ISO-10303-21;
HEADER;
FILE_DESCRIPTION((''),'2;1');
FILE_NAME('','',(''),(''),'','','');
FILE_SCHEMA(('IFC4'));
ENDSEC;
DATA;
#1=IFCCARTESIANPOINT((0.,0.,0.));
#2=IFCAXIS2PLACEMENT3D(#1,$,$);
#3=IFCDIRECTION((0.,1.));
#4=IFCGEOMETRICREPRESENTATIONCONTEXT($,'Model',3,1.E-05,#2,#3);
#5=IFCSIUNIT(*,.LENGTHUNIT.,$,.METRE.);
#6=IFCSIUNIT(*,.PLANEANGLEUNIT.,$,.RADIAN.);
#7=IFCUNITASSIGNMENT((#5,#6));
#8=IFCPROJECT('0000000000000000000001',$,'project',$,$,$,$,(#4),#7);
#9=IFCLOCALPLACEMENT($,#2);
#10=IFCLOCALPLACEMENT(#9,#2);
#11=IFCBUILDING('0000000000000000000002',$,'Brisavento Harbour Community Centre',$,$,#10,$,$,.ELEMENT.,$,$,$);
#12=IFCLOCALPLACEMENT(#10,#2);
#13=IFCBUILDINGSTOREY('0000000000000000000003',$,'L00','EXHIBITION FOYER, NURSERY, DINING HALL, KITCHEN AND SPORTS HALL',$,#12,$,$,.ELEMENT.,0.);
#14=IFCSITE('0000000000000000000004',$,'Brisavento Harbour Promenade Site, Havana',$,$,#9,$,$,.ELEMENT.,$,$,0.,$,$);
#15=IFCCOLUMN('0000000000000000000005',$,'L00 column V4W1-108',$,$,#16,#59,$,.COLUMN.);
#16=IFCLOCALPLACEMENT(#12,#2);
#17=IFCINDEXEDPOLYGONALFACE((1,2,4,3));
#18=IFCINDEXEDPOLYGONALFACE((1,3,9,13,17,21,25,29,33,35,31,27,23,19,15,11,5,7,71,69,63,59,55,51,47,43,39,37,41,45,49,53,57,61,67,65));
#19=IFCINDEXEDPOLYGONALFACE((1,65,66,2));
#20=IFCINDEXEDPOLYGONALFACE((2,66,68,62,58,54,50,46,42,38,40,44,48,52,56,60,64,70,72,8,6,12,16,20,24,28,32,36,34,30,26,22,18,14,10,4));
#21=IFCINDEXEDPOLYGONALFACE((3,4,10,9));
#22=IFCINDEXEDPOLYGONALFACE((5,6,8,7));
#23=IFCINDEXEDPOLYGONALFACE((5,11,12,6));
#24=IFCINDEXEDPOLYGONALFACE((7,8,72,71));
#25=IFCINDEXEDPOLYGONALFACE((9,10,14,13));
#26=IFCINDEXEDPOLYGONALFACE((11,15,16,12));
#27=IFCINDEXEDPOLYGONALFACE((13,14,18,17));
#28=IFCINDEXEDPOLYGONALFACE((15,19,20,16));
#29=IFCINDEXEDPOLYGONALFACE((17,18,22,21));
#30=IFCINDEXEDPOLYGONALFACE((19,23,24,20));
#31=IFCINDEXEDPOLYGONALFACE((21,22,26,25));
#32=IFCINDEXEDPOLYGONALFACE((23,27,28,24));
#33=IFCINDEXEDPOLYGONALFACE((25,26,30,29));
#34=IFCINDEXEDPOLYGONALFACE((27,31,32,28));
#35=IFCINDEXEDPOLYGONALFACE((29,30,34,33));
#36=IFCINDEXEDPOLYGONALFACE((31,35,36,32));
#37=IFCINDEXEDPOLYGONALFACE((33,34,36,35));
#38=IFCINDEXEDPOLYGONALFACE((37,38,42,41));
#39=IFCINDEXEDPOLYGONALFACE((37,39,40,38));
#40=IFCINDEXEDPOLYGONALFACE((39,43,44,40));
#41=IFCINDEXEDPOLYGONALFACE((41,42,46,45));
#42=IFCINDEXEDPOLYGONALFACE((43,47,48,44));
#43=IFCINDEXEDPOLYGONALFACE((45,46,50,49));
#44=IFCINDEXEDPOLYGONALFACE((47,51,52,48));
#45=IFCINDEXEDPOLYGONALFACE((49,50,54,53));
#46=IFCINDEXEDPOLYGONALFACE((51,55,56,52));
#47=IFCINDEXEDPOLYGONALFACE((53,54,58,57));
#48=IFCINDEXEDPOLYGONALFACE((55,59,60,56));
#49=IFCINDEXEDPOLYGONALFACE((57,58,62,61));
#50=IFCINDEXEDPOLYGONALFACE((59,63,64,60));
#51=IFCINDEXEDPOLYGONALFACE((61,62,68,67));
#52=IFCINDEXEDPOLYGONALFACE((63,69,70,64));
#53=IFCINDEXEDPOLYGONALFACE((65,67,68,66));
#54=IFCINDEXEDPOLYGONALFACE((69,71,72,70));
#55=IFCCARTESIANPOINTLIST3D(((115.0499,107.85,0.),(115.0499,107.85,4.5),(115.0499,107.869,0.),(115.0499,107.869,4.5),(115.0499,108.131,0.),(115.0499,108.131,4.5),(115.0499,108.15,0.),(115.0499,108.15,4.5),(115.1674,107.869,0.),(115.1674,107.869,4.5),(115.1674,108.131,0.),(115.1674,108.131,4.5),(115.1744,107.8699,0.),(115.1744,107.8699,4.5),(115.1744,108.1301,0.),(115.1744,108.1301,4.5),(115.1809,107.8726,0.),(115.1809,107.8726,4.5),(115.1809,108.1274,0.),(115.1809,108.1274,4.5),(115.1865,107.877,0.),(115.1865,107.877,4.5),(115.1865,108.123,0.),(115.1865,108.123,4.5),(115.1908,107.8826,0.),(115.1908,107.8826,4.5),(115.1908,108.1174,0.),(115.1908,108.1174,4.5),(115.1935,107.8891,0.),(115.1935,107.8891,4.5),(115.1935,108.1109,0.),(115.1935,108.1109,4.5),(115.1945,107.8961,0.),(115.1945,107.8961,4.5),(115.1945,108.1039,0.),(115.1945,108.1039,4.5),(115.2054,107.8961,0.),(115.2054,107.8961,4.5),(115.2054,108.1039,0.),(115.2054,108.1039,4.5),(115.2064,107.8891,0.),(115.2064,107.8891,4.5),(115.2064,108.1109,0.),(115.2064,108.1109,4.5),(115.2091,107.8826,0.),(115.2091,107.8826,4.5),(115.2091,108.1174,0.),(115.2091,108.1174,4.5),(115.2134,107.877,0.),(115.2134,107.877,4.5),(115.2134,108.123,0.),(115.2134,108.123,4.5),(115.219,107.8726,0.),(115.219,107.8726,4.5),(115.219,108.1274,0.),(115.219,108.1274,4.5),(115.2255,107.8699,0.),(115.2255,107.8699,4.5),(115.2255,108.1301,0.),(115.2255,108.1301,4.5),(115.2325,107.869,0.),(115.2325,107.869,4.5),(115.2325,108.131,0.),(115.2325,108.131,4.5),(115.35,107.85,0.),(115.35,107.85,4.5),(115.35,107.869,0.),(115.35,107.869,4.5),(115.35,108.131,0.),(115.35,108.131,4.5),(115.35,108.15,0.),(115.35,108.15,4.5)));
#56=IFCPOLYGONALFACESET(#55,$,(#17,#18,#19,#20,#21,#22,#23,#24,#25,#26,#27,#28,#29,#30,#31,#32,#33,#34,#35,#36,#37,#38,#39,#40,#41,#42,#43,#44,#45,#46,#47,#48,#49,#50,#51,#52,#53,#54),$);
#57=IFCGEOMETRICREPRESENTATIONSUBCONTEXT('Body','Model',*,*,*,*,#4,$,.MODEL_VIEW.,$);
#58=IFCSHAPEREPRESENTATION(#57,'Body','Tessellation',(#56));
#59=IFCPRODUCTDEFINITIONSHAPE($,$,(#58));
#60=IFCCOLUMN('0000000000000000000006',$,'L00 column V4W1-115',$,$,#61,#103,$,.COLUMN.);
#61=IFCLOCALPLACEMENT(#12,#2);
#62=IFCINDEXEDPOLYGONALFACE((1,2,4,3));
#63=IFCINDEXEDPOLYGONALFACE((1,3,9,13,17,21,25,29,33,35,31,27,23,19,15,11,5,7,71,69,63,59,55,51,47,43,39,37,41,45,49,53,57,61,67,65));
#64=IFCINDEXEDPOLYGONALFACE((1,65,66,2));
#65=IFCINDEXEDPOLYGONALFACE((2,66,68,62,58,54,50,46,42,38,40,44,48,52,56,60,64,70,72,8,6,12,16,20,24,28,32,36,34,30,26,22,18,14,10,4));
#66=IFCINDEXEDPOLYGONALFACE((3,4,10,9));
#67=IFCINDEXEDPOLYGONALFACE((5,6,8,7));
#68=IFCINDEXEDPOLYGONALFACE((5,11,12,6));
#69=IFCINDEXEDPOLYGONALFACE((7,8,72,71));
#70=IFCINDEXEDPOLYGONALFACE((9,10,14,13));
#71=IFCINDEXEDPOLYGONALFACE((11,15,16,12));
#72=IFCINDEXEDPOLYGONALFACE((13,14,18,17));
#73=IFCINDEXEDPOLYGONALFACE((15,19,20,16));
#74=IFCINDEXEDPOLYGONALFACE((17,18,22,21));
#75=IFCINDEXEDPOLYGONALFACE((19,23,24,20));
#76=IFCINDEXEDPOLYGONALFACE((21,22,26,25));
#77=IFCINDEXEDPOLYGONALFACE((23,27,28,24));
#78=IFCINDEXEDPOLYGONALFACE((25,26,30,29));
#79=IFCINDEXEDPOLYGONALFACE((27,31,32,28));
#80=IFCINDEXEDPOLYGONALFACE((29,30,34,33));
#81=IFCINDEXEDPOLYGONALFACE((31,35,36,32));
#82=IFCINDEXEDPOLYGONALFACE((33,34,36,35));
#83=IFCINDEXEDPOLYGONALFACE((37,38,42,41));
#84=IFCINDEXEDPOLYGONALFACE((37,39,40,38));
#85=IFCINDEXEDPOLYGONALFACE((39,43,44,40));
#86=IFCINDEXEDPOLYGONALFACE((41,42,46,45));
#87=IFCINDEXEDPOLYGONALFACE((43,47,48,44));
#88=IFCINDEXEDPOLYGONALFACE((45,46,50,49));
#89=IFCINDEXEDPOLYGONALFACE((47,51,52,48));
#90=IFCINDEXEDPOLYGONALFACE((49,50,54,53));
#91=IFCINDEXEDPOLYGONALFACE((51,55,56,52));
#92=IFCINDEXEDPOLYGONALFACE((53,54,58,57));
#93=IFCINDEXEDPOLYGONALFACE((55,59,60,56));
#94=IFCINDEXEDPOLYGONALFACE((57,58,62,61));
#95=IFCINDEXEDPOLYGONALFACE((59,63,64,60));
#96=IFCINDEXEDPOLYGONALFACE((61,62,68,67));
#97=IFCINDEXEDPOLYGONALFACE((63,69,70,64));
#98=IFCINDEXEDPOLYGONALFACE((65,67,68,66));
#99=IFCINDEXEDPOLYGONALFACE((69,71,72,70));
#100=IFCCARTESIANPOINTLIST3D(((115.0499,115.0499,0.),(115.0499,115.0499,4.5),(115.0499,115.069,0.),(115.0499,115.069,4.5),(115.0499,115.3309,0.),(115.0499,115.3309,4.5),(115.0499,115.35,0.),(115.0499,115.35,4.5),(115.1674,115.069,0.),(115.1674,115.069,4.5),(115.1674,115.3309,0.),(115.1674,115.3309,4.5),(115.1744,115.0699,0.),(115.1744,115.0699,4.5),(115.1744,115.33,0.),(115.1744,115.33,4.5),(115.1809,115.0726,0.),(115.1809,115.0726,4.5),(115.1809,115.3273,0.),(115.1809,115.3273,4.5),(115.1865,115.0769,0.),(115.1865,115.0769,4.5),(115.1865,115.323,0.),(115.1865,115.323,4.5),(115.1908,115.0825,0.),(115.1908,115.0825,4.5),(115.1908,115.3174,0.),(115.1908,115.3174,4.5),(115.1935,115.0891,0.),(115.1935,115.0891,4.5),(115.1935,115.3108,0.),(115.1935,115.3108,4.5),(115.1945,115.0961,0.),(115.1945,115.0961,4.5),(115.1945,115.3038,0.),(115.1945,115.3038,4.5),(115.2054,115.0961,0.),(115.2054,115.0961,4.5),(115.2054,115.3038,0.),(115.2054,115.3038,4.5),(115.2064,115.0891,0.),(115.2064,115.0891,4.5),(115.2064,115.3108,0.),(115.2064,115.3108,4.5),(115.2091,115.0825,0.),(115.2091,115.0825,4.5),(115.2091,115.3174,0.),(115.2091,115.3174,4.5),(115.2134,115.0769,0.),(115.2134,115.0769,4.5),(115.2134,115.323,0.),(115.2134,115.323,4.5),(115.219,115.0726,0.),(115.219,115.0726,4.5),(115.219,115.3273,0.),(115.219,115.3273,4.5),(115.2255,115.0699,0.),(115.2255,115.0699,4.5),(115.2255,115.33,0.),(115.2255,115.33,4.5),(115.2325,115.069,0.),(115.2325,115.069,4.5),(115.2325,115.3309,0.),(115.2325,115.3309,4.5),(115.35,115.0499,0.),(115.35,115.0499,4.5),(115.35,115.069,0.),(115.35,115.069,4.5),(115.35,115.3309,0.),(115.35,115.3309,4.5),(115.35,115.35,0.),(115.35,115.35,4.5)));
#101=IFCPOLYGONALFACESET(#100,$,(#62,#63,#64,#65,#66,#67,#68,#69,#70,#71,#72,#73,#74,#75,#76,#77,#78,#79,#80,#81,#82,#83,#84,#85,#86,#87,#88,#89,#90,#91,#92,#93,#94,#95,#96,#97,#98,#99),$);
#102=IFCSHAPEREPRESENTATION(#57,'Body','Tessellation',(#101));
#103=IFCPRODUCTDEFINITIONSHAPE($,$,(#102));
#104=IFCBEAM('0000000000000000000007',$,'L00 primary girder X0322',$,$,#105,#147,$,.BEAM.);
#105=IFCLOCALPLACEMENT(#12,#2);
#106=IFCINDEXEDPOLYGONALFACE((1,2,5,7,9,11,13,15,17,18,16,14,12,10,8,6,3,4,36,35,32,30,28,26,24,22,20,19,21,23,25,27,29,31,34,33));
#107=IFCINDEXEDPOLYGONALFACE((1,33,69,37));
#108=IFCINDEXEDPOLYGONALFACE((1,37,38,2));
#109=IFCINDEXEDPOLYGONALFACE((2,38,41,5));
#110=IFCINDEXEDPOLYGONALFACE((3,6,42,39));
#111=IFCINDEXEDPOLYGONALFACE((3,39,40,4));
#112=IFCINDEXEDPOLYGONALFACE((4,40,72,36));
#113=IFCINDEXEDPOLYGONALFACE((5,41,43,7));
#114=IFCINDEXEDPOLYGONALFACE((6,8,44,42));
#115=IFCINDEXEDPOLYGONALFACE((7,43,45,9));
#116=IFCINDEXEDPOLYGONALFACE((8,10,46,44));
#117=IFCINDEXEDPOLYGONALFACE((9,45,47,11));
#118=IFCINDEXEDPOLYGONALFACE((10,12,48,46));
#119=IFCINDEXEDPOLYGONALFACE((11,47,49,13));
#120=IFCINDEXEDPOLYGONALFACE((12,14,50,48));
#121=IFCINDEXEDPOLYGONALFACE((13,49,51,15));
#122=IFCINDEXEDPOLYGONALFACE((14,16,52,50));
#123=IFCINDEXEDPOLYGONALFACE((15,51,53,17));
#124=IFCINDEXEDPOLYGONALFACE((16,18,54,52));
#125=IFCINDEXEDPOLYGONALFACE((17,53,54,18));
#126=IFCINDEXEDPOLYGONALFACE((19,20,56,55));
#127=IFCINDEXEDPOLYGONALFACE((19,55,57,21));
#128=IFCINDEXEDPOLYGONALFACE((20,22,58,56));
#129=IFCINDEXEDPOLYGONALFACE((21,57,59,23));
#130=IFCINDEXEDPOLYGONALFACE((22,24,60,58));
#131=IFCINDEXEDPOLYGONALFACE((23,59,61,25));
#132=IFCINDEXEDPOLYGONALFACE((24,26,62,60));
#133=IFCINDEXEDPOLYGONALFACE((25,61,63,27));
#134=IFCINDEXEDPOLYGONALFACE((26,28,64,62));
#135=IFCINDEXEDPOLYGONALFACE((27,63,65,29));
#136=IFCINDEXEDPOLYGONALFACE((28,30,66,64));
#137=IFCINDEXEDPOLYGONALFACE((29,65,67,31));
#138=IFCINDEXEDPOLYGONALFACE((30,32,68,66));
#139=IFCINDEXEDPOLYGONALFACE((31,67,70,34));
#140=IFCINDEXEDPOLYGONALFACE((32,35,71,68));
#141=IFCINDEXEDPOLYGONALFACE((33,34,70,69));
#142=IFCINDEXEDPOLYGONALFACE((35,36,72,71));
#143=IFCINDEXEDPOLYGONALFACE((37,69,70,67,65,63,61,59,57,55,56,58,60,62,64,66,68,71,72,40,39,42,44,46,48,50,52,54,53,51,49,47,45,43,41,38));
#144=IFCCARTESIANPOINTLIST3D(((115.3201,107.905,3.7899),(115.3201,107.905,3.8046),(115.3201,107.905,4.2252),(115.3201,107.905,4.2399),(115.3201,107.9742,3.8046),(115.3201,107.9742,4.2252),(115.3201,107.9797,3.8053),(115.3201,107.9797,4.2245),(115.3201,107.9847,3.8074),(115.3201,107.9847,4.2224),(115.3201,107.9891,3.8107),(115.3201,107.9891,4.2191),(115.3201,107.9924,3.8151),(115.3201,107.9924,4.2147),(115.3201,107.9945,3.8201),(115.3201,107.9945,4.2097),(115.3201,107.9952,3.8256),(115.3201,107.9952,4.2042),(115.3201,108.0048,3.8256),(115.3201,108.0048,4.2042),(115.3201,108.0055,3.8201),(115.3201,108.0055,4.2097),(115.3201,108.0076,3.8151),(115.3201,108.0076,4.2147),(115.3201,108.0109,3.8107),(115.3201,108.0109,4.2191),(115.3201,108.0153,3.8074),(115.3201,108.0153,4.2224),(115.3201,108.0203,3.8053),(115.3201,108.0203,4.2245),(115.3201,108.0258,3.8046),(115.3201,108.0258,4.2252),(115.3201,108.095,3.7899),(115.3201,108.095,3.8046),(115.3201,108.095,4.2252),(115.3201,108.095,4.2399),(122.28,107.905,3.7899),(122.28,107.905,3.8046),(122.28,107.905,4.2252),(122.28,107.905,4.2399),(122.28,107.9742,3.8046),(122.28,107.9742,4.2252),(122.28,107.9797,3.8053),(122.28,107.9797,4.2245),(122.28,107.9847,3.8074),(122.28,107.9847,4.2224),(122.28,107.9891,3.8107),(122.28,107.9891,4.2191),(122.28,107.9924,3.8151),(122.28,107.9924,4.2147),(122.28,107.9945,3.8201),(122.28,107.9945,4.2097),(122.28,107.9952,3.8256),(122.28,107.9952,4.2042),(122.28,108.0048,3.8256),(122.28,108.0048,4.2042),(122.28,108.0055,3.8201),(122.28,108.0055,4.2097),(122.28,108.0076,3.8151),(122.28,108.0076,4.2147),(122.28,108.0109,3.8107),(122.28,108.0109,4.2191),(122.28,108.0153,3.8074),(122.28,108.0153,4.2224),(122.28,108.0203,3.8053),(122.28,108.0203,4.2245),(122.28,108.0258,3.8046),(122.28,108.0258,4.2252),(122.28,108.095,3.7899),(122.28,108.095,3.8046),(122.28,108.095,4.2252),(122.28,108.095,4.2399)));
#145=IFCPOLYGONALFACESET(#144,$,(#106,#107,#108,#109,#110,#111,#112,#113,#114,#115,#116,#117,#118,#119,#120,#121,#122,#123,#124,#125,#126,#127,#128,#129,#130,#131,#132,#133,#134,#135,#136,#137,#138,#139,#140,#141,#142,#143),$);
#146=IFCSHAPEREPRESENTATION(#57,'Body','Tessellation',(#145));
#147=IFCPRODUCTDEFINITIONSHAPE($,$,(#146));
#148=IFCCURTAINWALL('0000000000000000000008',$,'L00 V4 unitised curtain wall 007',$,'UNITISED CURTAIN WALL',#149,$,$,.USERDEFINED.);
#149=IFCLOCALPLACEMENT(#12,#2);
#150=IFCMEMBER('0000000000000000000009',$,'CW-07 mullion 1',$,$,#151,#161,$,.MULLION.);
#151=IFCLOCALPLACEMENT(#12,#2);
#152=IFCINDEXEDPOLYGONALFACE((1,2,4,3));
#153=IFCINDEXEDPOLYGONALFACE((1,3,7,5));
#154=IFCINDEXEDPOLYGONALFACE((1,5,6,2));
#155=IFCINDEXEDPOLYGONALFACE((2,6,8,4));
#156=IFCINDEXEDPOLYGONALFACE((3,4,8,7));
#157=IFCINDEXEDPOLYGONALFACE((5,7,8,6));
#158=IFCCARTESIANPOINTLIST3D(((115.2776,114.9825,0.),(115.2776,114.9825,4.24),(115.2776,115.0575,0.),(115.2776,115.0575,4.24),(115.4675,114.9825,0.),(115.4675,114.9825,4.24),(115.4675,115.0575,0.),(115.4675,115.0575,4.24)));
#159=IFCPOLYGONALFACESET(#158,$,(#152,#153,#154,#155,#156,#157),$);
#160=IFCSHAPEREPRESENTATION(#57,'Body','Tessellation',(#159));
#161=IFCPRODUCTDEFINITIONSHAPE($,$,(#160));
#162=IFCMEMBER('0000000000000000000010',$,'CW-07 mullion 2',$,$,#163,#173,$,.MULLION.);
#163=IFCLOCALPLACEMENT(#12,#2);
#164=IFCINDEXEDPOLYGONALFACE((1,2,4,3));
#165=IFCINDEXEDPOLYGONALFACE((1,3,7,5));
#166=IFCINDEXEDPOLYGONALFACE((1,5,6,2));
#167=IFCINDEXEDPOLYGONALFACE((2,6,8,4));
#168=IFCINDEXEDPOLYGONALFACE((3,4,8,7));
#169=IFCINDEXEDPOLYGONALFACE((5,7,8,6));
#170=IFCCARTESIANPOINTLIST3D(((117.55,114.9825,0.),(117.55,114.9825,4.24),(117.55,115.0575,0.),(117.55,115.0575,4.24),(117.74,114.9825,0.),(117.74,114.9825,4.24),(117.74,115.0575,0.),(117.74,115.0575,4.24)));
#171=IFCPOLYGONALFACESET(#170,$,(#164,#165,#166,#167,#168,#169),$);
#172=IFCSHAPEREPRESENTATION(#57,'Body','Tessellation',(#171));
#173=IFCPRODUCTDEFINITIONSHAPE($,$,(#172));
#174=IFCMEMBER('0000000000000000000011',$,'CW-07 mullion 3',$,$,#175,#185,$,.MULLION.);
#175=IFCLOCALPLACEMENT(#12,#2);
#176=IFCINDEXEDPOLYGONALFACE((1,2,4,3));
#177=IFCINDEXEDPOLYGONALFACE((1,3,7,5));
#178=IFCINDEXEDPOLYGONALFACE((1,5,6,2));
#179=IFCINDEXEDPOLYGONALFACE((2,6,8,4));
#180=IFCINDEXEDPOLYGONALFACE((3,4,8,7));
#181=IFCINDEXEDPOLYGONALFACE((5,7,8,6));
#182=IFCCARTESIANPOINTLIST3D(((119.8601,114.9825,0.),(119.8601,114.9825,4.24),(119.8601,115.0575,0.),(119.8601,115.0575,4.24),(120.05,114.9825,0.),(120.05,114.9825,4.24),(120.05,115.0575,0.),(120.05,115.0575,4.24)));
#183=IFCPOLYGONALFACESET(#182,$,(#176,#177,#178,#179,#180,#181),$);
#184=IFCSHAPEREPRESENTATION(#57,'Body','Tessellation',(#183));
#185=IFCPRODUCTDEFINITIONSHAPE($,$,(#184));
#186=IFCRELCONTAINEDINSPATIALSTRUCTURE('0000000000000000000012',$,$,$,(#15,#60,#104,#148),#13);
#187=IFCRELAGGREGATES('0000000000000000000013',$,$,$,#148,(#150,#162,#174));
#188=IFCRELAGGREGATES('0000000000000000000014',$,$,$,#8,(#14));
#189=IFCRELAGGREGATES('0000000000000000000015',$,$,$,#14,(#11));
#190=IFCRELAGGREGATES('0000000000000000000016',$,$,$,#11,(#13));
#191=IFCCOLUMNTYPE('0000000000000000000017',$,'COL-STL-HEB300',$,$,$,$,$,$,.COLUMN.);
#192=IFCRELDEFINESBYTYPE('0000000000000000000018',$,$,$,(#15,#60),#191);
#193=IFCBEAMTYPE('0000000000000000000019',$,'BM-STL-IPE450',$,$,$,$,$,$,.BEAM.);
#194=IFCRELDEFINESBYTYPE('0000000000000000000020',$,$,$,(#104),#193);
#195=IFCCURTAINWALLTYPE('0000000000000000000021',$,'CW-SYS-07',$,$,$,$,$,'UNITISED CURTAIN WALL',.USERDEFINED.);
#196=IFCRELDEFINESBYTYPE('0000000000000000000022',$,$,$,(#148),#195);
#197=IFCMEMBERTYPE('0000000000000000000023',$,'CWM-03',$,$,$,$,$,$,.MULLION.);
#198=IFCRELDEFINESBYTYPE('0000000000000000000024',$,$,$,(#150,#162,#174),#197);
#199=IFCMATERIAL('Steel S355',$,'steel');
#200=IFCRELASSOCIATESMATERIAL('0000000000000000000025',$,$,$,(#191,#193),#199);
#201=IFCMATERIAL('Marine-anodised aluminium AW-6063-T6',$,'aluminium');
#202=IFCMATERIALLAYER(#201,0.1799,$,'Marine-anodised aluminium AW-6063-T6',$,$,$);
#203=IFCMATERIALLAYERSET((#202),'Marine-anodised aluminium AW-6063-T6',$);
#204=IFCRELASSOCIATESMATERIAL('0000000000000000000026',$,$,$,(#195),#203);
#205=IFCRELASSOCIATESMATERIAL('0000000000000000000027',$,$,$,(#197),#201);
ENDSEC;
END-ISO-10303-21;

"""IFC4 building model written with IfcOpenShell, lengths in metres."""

from ifc_helpers import new_model, si_unit, direction, frame, origin, origin_2d, place, context, subcontext, project, spatial, rectangle, i_section, extrude, material, layer, layer_set, material_profile, profile_set, type_object, element, aggregate, save


model = new_model("IFC4")

# Units and contexts
model_context = context("Model", 3, precision=1e-05, world=origin(), true_north=direction((0.0, 1.0)))
body_context = subcontext(model_context, "Body", "Model", "MODEL_VIEW")
ifc_project = project(units=[si_unit("LENGTHUNIT", "METRE"), si_unit("PLANEANGLEUNIT", "RADIAN")], contexts=[model_context])

# Site, building, storey
site_placement = place(None, origin())
site = spatial("IfcSite", under=ifc_project, at=site_placement, Name="Brisavento Harbour Promenade Site, Havana", CompositionType="ELEMENT", RefElevation=0.0)
building_placement = place(site_placement, origin())
building = spatial("IfcBuilding", under=site, at=building_placement, Name="Brisavento Harbour Community Centre", CompositionType="ELEMENT")
storey_placement = place(building_placement, origin())
storey = spatial("IfcBuildingStorey", under=building, at=storey_placement, Name="L00", Description="EXHIBITION FOYER, NURSERY, DINING HALL, KITCHEN AND SPORTS HALL", CompositionType="ELEMENT", Elevation=0.0)

# Columns
ifc_material_1 = material(Name="Steel S355", Category="steel")
ifc_material_profile_1 = material_profile(ifc_material_1, i_section(OverallWidth=0.3, OverallDepth=0.3, WebThickness=0.011, FlangeThickness=0.019, FilletRadius=0.0271, at=origin_2d()), Name="Steel S355")
ifc_profile_set_1 = profile_set([ifc_material_profile_1], Name="Steel S355")
column_type = type_object("IfcColumnType", Name="COL-STL-HEB300", PredefinedType="COLUMN", material=ifc_profile_set_1)
for number, where, z_axis, x_axis, name in (
    (1, (115.2, 108.0, 0.0), (0.0, 0.0, 1.0), (1.0, 0.0, 0.0), "L00 column V4W1-108"),
    (2, (115.2, 115.2, 0.0), (0.0, 0.0, 1.0), (1.0, 0.0, 0.0), "L00 column V4W1-115"),
):
    element("IfcColumn", number, at=place(storey_placement, frame(where, z_axis=z_axis, x_axis=x_axis)), inside=storey, type_object=column_type, Name=name, PredefinedType="COLUMN", context=body_context, shape_type="SweptSolid", body=[
        extrude(i_section(OverallWidth=0.3, OverallDepth=0.3, WebThickness=0.011, FlangeThickness=0.019, FilletRadius=0.0271, at=origin_2d()), origin(), (0.0, 0.0, 1.0), 4.5),
    ])

# Beam
ifc_material_profile_2 = material_profile(ifc_material_1, i_section(OverallWidth=0.1899, OverallDepth=0.45, WebThickness=0.0095, FlangeThickness=0.0146, FilletRadius=0.021, at=origin_2d()), Name="Steel S355")
ifc_profile_set_2 = profile_set([ifc_material_profile_2], Name="Steel S355")
beam_type = type_object("IfcBeamType", Name="BM-STL-IPE450", PredefinedType="BEAM", material=ifc_profile_set_2)
beam_placement = place(storey_placement, frame((115.3201, 108.0, 4.0149), z_axis=(1.0, 0.0, 0.0), x_axis=(0.0, 1.0, 0.0)))
element("IfcBeam", 3, at=beam_placement, inside=storey, type_object=beam_type, Name="L00 primary girder X0322", PredefinedType="BEAM", context=body_context, shape_type="SweptSolid", body=[
    extrude(i_section(OverallWidth=0.1899, OverallDepth=0.45, WebThickness=0.0095, FlangeThickness=0.0146, FilletRadius=0.021, at=origin_2d()), origin(), (0.0, 0.0, 1.0), 6.96),
])

# Curtain wall, members
ifc_material_2 = material(Name="Marine-anodised aluminium AW-6063-T6", Category="aluminium")
ifc_layer_1 = layer(ifc_material_2, 0.1799, Name="Marine-anodised aluminium AW-6063-T6")
ifc_layer_set_1 = layer_set([ifc_layer_1], Name="Marine-anodised aluminium AW-6063-T6")
curtain_wall_type = type_object("IfcCurtainWallType", Name="CW-SYS-07", ElementType="UNITISED CURTAIN WALL", PredefinedType="USERDEFINED", material=ifc_layer_set_1)
curtain_wall_placement = place(storey_placement, origin())
curtain_wall = element("IfcCurtainWall", 4, at=curtain_wall_placement, inside=storey, type_object=curtain_wall_type, Name="L00 V4 unitised curtain wall 007", ObjectType="UNITISED CURTAIN WALL", PredefinedType="USERDEFINED")
ifc_material_profile_3 = material_profile(ifc_material_2, rectangle(XDim=0.075, YDim=0.1899, at=origin_2d()), Name="Marine-anodised aluminium AW-6063-T6")
ifc_profile_set_3 = profile_set([ifc_material_profile_3], Name="Marine-anodised aluminium AW-6063-T6")
member_type_1 = type_object("IfcMemberType", Name="CWM-03", PredefinedType="MULLION", material=ifc_profile_set_3)
member_1_placement = place(storey_placement, frame((115.3726, 115.02, 0.0), z_axis=(0.0, 0.0, 1.0), x_axis=(0.0, 1.0, 0.0)))
member_1 = element("IfcMember", 5, at=member_1_placement, type_object=member_type_1, Name="CW-07 mullion 1", PredefinedType="MULLION", context=body_context, shape_type="SweptSolid", body=[
    extrude(rectangle(XDim=0.075, YDim=0.1899, at=origin_2d()), origin(), (0.0, 0.0, 1.0), 4.24),
])
member_2_placement = place(storey_placement, frame((117.645, 115.02, 0.0), z_axis=(0.0, 0.0, 1.0), x_axis=(0.0, 1.0, 0.0)))
member_2 = element("IfcMember", 6, at=member_2_placement, type_object=member_type_1, Name="CW-07 mullion 2", PredefinedType="MULLION", context=body_context, shape_type="SweptSolid", body=[
    extrude(rectangle(XDim=0.075, YDim=0.1899, at=origin_2d()), origin(), (0.0, 0.0, 1.0), 4.24),
])
member_3_placement = place(storey_placement, frame((119.9551, 115.02, 0.0), z_axis=(0.0, 0.0, 1.0), x_axis=(0.0, 1.0, 0.0)))
member_3 = element("IfcMember", 7, at=member_3_placement, type_object=member_type_1, Name="CW-07 mullion 3", PredefinedType="MULLION", context=body_context, shape_type="SweptSolid", body=[
    extrude(rectangle(XDim=0.075, YDim=0.1899, at=origin_2d()), origin(), (0.0, 0.0, 1.0), 4.24),
])
aggregate(curtain_wall, [member_1, member_2, member_3])

save(model, "model.ifc")
